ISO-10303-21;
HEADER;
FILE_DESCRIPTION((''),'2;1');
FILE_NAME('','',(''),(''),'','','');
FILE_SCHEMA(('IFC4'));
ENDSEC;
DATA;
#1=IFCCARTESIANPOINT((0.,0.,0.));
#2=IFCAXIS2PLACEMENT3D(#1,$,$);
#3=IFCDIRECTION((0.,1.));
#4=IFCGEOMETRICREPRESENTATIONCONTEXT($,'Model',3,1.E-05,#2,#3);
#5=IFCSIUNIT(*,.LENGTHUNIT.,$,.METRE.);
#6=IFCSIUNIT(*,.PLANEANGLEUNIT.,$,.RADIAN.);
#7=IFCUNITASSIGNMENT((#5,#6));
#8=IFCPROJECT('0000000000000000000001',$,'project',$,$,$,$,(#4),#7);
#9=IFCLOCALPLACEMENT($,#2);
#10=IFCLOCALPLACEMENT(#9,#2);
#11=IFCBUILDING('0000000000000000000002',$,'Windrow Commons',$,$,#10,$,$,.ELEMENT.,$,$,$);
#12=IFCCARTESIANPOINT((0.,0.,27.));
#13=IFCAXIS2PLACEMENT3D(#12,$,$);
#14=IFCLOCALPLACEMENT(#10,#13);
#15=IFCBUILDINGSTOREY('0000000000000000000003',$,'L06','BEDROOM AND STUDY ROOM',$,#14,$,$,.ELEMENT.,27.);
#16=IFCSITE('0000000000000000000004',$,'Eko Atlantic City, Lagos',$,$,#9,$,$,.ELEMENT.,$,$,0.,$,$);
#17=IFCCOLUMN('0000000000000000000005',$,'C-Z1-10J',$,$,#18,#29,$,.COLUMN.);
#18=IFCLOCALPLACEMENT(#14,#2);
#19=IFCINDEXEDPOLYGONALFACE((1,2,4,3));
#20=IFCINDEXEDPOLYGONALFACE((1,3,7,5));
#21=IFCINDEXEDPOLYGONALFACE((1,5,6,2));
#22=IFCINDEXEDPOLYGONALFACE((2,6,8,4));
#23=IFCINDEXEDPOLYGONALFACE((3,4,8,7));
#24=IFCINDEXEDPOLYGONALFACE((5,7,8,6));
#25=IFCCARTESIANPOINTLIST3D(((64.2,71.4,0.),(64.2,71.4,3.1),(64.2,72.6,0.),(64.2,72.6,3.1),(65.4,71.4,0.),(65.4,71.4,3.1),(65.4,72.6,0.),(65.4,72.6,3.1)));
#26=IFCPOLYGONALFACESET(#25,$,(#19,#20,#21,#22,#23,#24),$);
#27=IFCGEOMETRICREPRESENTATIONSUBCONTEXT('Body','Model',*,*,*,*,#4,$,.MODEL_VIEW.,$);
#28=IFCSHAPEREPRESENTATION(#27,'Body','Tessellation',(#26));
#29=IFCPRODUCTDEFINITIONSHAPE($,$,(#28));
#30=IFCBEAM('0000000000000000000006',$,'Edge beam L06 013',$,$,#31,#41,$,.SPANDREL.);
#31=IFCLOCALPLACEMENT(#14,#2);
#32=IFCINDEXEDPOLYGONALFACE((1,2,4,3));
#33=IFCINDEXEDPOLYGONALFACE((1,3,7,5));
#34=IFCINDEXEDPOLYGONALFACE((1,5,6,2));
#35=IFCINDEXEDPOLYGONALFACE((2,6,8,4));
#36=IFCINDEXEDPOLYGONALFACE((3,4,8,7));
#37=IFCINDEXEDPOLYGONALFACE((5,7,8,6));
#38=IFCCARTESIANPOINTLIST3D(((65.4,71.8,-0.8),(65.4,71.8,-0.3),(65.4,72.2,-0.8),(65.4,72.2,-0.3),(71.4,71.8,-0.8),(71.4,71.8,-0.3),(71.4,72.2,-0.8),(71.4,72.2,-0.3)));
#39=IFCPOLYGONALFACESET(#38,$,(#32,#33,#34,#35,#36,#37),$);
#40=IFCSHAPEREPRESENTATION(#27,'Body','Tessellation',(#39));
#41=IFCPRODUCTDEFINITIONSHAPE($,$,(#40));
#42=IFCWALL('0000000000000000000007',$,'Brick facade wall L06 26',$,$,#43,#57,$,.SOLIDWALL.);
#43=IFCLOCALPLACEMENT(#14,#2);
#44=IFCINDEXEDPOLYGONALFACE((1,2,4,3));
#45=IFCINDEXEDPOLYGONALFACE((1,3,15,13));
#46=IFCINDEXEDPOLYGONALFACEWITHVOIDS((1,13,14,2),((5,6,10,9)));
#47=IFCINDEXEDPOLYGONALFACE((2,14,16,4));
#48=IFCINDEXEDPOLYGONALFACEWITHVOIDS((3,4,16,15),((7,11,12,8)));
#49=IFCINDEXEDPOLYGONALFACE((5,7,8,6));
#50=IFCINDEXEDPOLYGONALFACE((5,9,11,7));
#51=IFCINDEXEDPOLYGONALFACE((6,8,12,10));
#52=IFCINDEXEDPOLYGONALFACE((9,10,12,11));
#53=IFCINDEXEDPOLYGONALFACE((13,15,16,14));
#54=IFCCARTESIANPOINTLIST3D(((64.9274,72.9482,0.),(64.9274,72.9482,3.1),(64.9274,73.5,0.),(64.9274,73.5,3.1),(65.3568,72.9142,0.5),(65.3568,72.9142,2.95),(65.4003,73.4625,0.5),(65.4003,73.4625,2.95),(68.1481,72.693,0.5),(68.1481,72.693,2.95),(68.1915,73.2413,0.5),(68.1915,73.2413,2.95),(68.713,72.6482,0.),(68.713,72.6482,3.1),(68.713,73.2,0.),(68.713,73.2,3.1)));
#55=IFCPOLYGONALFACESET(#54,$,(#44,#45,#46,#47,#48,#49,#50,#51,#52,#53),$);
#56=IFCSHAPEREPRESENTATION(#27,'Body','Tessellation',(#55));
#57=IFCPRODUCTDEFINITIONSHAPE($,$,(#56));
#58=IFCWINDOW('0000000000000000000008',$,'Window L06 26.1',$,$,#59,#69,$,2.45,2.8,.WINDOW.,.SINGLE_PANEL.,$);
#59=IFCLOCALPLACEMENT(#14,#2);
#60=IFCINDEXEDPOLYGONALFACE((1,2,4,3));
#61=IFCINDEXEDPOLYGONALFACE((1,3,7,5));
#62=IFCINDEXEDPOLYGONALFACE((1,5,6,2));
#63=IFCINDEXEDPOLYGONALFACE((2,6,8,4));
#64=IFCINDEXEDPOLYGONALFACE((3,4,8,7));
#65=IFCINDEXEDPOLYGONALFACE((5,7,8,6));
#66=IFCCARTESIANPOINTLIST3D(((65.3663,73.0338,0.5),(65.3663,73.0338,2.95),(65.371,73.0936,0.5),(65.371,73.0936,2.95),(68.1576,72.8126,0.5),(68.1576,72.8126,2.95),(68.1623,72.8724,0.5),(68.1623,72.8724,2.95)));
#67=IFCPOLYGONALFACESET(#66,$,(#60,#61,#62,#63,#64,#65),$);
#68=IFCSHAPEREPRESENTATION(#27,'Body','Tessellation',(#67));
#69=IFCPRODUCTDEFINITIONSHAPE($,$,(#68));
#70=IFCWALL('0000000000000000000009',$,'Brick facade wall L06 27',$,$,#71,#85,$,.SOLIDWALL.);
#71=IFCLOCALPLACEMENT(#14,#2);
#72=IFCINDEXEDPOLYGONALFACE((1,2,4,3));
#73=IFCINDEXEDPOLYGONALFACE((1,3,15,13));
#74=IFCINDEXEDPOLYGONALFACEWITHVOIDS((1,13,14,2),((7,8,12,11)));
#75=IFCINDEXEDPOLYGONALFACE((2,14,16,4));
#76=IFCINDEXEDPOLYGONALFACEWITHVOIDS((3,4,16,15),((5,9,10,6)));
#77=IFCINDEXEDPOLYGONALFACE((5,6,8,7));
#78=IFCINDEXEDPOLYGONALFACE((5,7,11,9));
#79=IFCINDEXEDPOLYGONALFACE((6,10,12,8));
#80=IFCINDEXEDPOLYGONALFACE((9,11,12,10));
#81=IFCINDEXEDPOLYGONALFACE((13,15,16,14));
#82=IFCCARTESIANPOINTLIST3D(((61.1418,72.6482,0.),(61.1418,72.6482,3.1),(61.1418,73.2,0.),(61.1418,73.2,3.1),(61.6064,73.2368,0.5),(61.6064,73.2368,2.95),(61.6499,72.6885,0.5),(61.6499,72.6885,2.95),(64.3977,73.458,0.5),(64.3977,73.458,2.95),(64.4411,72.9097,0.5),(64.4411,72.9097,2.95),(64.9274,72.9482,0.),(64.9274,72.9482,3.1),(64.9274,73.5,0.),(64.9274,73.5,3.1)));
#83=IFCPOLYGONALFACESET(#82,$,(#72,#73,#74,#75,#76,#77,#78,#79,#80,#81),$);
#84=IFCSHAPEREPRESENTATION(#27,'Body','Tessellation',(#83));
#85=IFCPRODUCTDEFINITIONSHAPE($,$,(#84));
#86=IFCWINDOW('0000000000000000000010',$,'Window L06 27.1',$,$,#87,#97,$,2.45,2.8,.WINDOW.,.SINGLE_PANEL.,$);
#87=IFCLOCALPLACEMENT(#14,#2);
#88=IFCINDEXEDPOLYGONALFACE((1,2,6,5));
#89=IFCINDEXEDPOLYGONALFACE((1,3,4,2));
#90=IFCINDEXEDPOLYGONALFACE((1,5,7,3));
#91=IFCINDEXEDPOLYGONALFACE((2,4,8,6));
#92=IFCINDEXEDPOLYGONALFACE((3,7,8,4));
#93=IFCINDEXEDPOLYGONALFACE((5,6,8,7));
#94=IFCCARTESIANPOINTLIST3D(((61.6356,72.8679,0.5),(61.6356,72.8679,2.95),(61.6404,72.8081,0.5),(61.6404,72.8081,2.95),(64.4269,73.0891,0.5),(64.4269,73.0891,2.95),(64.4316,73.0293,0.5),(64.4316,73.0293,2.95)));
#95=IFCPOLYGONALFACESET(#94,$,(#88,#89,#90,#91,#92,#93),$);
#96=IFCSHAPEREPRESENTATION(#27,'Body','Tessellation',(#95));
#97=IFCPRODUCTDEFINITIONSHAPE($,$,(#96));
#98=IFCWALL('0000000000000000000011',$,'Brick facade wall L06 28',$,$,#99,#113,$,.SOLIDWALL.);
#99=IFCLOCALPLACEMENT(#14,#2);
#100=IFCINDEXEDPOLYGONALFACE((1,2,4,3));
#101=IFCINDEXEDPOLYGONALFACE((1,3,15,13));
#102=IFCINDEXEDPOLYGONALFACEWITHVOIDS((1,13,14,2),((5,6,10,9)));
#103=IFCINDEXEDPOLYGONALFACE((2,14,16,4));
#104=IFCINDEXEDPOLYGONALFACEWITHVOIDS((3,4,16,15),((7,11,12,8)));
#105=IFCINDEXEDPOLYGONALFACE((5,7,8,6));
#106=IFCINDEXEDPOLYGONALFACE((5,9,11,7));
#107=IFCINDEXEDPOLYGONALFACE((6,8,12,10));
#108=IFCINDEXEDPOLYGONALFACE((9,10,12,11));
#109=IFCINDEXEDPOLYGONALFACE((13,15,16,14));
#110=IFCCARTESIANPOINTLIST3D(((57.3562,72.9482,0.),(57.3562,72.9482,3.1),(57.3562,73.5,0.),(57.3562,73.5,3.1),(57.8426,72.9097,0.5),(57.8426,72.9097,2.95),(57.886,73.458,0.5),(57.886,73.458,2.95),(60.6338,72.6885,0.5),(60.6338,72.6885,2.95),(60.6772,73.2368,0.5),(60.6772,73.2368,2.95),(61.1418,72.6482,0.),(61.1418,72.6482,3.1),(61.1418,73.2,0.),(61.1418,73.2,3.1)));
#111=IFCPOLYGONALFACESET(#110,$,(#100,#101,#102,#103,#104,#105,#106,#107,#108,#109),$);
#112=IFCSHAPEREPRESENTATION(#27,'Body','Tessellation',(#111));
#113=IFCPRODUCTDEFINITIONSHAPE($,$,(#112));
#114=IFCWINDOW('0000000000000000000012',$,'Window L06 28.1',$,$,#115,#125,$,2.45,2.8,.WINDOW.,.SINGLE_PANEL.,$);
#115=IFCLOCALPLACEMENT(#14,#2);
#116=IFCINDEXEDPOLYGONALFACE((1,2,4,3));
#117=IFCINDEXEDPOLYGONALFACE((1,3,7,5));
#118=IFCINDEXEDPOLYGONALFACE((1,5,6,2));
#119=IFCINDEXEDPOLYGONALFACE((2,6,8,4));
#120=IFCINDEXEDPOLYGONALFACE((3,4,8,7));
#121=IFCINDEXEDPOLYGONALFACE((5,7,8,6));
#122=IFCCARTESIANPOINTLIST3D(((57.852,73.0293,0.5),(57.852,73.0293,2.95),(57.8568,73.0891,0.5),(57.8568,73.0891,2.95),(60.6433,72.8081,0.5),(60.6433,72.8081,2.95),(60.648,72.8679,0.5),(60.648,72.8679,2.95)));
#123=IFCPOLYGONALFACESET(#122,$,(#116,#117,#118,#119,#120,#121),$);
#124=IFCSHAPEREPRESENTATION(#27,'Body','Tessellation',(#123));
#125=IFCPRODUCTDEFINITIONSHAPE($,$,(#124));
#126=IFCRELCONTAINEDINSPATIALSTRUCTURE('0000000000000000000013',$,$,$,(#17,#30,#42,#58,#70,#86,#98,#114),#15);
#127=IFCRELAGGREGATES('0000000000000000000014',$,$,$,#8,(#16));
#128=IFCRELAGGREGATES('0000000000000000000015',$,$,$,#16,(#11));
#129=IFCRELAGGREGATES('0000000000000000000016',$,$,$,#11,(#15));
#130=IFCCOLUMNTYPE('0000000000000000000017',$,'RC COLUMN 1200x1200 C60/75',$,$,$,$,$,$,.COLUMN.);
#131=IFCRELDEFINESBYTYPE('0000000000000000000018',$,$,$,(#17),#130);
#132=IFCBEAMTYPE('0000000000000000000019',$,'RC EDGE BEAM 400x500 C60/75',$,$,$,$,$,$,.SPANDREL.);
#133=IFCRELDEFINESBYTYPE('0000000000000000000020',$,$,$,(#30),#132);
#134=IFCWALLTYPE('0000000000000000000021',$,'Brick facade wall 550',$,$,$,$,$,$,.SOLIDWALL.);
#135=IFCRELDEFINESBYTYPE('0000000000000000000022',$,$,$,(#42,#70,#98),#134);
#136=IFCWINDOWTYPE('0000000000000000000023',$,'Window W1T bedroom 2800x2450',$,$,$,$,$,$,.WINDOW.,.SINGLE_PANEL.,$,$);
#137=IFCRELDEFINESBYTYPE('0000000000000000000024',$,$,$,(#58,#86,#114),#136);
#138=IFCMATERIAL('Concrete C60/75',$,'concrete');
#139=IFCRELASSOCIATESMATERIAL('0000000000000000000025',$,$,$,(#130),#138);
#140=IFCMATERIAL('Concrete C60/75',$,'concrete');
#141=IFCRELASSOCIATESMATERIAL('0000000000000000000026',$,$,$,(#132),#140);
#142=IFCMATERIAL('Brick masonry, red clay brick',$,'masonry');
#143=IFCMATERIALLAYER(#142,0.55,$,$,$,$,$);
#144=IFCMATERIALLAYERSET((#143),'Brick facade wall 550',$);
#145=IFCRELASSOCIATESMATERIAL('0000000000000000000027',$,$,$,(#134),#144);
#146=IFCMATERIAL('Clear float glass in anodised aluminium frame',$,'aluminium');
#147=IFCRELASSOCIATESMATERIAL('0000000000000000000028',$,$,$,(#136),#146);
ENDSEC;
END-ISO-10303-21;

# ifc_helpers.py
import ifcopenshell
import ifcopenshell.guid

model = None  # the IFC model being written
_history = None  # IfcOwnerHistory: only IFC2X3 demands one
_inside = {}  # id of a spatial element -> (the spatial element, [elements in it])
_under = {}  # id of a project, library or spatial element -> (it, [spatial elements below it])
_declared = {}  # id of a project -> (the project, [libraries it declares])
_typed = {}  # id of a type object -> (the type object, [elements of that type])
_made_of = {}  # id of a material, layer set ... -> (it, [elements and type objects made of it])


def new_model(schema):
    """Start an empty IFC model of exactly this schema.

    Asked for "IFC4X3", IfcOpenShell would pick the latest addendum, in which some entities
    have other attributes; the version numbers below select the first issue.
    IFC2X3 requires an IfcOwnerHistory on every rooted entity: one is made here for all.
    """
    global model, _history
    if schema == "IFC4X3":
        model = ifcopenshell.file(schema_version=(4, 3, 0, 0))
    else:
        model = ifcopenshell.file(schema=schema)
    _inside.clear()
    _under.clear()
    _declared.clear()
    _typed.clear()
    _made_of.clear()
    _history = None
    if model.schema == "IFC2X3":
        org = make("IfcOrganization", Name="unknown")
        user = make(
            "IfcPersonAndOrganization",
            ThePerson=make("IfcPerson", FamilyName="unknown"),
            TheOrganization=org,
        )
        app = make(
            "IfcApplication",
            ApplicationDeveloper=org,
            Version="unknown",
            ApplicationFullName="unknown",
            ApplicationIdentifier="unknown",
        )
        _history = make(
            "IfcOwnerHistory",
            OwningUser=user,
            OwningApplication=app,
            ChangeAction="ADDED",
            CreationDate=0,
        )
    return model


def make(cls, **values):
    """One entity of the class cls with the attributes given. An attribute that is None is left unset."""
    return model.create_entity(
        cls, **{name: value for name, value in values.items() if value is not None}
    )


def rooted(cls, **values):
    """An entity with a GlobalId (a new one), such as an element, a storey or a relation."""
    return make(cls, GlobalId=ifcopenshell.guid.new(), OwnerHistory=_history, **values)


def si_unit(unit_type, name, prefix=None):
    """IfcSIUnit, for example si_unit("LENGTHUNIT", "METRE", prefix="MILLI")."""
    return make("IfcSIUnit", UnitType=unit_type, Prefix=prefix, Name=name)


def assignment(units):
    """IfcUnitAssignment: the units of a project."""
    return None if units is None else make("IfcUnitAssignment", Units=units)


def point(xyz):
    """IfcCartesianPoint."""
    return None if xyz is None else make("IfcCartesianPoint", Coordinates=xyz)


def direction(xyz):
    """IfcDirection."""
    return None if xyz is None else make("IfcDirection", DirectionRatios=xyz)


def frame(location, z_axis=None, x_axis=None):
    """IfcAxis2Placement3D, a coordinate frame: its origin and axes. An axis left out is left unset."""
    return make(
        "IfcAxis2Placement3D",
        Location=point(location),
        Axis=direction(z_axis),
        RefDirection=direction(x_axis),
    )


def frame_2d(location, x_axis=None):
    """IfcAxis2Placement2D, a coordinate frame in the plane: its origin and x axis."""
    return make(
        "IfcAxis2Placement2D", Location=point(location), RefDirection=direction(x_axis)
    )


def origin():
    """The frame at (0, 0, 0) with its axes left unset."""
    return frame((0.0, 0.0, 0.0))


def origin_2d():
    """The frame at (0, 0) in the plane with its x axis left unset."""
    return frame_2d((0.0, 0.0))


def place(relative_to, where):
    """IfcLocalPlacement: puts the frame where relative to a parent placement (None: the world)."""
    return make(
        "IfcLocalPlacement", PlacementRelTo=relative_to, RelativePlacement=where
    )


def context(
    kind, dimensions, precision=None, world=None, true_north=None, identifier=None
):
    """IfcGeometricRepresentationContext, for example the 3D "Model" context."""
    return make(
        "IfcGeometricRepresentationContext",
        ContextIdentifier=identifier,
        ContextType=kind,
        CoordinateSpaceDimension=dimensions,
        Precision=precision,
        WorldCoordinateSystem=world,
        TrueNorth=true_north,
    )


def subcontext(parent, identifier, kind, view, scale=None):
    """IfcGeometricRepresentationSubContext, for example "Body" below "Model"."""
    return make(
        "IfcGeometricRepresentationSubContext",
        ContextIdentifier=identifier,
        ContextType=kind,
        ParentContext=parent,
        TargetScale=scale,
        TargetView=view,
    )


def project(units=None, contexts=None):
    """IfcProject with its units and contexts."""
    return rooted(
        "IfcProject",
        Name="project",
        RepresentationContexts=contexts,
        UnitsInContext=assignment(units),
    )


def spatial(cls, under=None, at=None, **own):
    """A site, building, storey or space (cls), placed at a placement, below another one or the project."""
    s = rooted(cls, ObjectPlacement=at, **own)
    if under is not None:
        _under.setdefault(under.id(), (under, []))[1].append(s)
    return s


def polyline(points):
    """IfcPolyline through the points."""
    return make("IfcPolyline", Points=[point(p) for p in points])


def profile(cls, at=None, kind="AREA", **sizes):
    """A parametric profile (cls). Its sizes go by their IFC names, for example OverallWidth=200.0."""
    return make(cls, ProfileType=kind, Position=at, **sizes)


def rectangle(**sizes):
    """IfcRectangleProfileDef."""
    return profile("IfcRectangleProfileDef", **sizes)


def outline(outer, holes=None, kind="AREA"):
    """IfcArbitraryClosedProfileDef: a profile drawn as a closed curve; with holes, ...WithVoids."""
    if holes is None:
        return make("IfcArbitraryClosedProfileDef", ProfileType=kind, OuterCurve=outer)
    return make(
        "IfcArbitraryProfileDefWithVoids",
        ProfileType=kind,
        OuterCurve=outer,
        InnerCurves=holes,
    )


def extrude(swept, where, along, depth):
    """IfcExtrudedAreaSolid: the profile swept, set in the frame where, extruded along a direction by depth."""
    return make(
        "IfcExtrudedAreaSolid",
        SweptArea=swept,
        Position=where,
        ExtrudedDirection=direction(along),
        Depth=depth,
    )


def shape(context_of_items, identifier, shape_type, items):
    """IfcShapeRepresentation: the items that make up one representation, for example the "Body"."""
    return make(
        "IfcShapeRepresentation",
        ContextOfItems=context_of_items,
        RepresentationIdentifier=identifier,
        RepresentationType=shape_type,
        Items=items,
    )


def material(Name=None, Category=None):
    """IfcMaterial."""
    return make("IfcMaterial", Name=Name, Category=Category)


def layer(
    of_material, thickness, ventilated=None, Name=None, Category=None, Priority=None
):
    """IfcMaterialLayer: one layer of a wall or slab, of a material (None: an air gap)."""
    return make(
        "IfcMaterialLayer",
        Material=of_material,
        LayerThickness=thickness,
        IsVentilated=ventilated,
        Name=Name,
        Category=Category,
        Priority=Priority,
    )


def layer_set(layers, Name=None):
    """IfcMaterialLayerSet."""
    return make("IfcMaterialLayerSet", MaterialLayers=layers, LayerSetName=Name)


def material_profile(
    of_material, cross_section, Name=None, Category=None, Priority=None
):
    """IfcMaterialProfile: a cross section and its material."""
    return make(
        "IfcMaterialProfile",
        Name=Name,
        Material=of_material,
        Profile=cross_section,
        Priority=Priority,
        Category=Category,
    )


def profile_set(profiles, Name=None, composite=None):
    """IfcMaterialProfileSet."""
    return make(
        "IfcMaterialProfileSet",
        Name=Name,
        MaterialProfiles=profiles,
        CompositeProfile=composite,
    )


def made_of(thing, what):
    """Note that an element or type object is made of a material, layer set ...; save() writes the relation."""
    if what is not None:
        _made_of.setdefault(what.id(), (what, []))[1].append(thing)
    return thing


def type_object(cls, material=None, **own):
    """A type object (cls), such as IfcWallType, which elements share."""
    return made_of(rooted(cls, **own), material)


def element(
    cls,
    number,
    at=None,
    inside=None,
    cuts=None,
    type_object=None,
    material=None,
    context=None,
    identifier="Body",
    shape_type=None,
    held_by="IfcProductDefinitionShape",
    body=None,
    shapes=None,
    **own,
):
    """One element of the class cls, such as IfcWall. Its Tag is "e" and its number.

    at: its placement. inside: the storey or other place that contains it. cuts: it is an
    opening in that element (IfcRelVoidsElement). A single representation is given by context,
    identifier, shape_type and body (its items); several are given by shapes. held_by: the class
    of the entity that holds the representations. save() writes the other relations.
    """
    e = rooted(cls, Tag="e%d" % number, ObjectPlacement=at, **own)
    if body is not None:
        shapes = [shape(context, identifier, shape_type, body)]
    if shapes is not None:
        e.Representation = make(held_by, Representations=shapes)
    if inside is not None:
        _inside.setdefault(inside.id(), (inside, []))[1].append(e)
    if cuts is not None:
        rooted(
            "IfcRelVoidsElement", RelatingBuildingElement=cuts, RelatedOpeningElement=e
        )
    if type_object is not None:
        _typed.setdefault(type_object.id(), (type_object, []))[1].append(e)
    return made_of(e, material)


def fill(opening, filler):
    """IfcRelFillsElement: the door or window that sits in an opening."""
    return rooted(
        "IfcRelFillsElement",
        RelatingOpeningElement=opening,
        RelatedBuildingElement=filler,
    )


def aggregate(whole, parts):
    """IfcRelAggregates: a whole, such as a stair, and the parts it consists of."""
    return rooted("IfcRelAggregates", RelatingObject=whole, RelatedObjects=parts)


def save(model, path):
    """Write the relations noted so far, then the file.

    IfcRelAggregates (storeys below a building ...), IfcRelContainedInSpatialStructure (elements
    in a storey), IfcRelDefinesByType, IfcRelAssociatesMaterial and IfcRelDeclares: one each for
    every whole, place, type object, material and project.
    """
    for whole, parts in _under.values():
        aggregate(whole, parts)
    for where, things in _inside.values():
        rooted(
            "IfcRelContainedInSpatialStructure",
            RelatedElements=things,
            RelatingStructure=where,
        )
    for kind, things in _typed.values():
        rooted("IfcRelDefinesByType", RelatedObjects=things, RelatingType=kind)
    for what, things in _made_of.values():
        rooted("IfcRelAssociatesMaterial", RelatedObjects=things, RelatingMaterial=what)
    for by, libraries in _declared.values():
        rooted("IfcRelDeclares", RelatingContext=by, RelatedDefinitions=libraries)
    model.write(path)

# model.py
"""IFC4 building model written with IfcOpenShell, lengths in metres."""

from ifc_helpers import new_model, si_unit, direction, frame, frame_2d, origin, origin_2d, place, context, subcontext, project, spatial, polyline, rectangle, outline, extrude, material, layer, layer_set, material_profile, profile_set, type_object, element, fill, save


model = new_model("IFC4")

# Units and contexts
model_context = context("Model", 3, precision=1e-05, world=origin(), true_north=direction((0.0, 1.0)))
body_context = subcontext(model_context, "Body", "Model", "MODEL_VIEW")
ifc_project = project(units=[si_unit("LENGTHUNIT", "METRE"), si_unit("PLANEANGLEUNIT", "RADIAN")], contexts=[model_context])

# Site, building, storey
site_placement = place(None, origin())
site = spatial("IfcSite", under=ifc_project, at=site_placement, Name="Eko Atlantic City, Lagos", CompositionType="ELEMENT", RefElevation=0.0)
building_placement = place(site_placement, origin())
building = spatial("IfcBuilding", under=site, at=building_placement, Name="Windrow Commons", CompositionType="ELEMENT")
storey_placement = place(building_placement, frame((0.0, 0.0, 27.0)))
storey = spatial("IfcBuildingStorey", under=building, at=storey_placement, Name="L06", Description="BEDROOM AND STUDY ROOM", CompositionType="ELEMENT", Elevation=27.0)

# Column
ifc_material_1 = material(Name="Concrete C60/75", Category="concrete")
ifc_material_profile_1 = material_profile(ifc_material_1, rectangle(XDim=1.2, YDim=1.2, at=origin_2d()))
ifc_profile_set_1 = profile_set([ifc_material_profile_1], Name="Concrete C60/75")
column_type = type_object("IfcColumnType", Name="RC COLUMN 1200x1200 C60/75", PredefinedType="COLUMN", material=ifc_profile_set_1)
column_placement = place(storey_placement, frame((64.8, 72.0, 0.0), z_axis=(0.0, 0.0, 1.0), x_axis=(1.0, 0.0, 0.0)))
element("IfcColumn", 1, at=column_placement, inside=storey, type_object=column_type, Name="C-Z1-10J", PredefinedType="COLUMN", context=body_context, shape_type="SweptSolid", body=[
    extrude(rectangle(XDim=1.2, YDim=1.2, at=origin_2d()), origin(), (0.0, 0.0, 1.0), 3.1),
])

# Beam
ifc_material_2 = material(Name="Concrete C60/75", Category="concrete")
ifc_material_profile_2 = material_profile(ifc_material_2, rectangle(XDim=0.4, YDim=0.5, at=origin_2d()))
ifc_profile_set_2 = profile_set([ifc_material_profile_2], Name="Concrete C60/75")
beam_type = type_object("IfcBeamType", Name="RC EDGE BEAM 400x500 C60/75", PredefinedType="SPANDREL", material=ifc_profile_set_2)
beam_placement = place(storey_placement, frame((65.4, 72.0, -0.55), z_axis=(1.0, 0.0, 0.0), x_axis=(0.0, 1.0, 0.0)))
element("IfcBeam", 2, at=beam_placement, inside=storey, type_object=beam_type, Name="Edge beam L06 013", PredefinedType="SPANDREL", context=body_context, shape_type="SweptSolid", body=[
    extrude(rectangle(XDim=0.4, YDim=0.5, at=origin_2d()), origin(), (0.0, 0.0, 1.0), 6.0),
])

# Walls, openings, windows
ifc_material_3 = material(Name="Brick masonry, red clay brick", Category="masonry")
ifc_layer_1 = layer(ifc_material_3, 0.55)
ifc_layer_set_1 = layer_set([ifc_layer_1], Name="Brick facade wall 550")
wall_type_1 = type_object("IfcWallType", Name="Brick facade wall 550", PredefinedType="SOLIDWALL", material=ifc_layer_set_1)
wall_1_placement = place(storey_placement, frame((68.713, 72.9241, 0.0), z_axis=(0.0, 0.0, 1.0), x_axis=(-0.996875, 0.079, 0.0)))
wall_1 = element("IfcWall", 3, at=wall_1_placement, inside=storey, type_object=wall_type_1, Name="Brick facade wall L06 26", PredefinedType="SOLIDWALL", context=body_context, shape_type="SweptSolid", body=[
    extrude(outline(polyline([(0.0218, -0.275), (3.8193, -0.275), (3.7757, 0.275), (-0.0218, 0.275), (0.0218, -0.275)])), origin(), (0.0, 0.0, 1.0), 3.1),
])
opening_1_placement = place(wall_1_placement, frame((0.5449, 0.0, 0.5)))
opening_1 = element("IfcOpeningElement", 4, at=opening_1_placement, cuts=wall_1, PredefinedType="OPENING", context=body_context, shape_type="SweptSolid", body=[
    extrude(rectangle(XDim=2.8, YDim=2.45, at=frame_2d((1.4, 1.225))), frame((0.0, 0.285, 0.0), z_axis=(0.0, -1.0, 0.0), x_axis=(1.0, 0.0, 0.0)), (0.0, 0.0, 1.0), 0.57),
])
ifc_material_4 = material(Name="Clear float glass in anodised aluminium frame", Category="aluminium")
window_type = type_object("IfcWindowType", Name="Window W1T bedroom 2800x2450", PartitioningType="SINGLE_PANEL", PredefinedType="WINDOW", material=ifc_material_4)
window_1_placement = place(opening_1_placement, origin())
window_1 = element("IfcWindow", 5, at=window_1_placement, inside=storey, type_object=window_type, Name="Window L06 26.1", OverallHeight=2.45, OverallWidth=2.8, PartitioningType="SINGLE_PANEL", PredefinedType="WINDOW", context=body_context, shape_type="SweptSolid", body=[
    extrude(rectangle(XDim=2.8, YDim=2.45, at=frame_2d((1.4, 1.225))), frame((0.0, 0.155, 0.0), z_axis=(0.0, -1.0, 0.0), x_axis=(1.0, 0.0, 0.0)), (0.0, 0.0, 1.0), 0.06),
])
fill(opening_1, window_1)
wall_2_placement = place(storey_placement, frame((64.9274, 73.2241, 0.0), z_axis=(0.0, 0.0, 1.0), x_axis=(-0.996875, -0.079, 0.0)))
wall_2 = element("IfcWall", 6, at=wall_2_placement, inside=storey, type_object=wall_type_1, Name="Brick facade wall L06 27", PredefinedType="SOLIDWALL", context=body_context, shape_type="SweptSolid", body=[
    extrude(outline(polyline([(-0.0218, -0.275), (3.7757, -0.275), (3.8193, 0.275), (0.0218, 0.275), (-0.0218, -0.275)])), origin(), (0.0, 0.0, 1.0), 3.1),
])
opening_2_placement = place(wall_2_placement, frame((0.5096, 0.0, 0.5)))
opening_2 = element("IfcOpeningElement", 7, at=opening_2_placement, cuts=wall_2, PredefinedType="OPENING", context=body_context, shape_type="SweptSolid", body=[
    extrude(rectangle(XDim=2.8, YDim=2.45, at=frame_2d((1.4, 1.225))), frame((0.0, 0.285, 0.0), z_axis=(0.0, -1.0, 0.0), x_axis=(1.0, 0.0, 0.0)), (0.0, 0.0, 1.0), 0.57),
])
window_2_placement = place(opening_2_placement, origin())
window_2 = element("IfcWindow", 8, at=window_2_placement, inside=storey, type_object=window_type, Name="Window L06 27.1", OverallHeight=2.45, OverallWidth=2.8, PartitioningType="SINGLE_PANEL", PredefinedType="WINDOW", context=body_context, shape_type="SweptSolid", body=[
    extrude(rectangle(XDim=2.8, YDim=2.45, at=frame_2d((1.4, 1.225))), frame((0.0, 0.155, 0.0), z_axis=(0.0, -1.0, 0.0), x_axis=(1.0, 0.0, 0.0)), (0.0, 0.0, 1.0), 0.06),
])
fill(opening_2, window_2)
wall_3_placement = place(storey_placement, frame((61.1418, 72.9241, 0.0), z_axis=(0.0, 0.0, 1.0), x_axis=(-0.996875, 0.079, 0.0)))
wall_3 = element("IfcWall", 9, at=wall_3_placement, inside=storey, type_object=wall_type_1, Name="Brick facade wall L06 28", PredefinedType="SOLIDWALL", context=body_context, shape_type="SweptSolid", body=[
    extrude(outline(polyline([(0.0218, -0.275), (3.8193, -0.275), (3.7757, 0.275), (-0.0218, 0.275), (0.0218, -0.275)])), origin(), (0.0, 0.0, 1.0), 3.1),
])
opening_3_placement = place(wall_3_placement, frame((0.4878, 0.0, 0.5)))
opening_3 = element("IfcOpeningElement", 10, at=opening_3_placement, cuts=wall_3, PredefinedType="OPENING", context=body_context, shape_type="SweptSolid", body=[
    extrude(rectangle(XDim=2.8, YDim=2.45, at=frame_2d((1.4, 1.225))), frame((0.0, 0.285, 0.0), z_axis=(0.0, -1.0, 0.0), x_axis=(1.0, 0.0, 0.0)), (0.0, 0.0, 1.0), 0.57),
])
window_3_placement = place(opening_3_placement, origin())
window_3 = element("IfcWindow", 11, at=window_3_placement, inside=storey, type_object=window_type, Name="Window L06 28.1", OverallHeight=2.45, OverallWidth=2.8, PartitioningType="SINGLE_PANEL", PredefinedType="WINDOW", context=body_context, shape_type="SweptSolid", body=[
    extrude(rectangle(XDim=2.8, YDim=2.45, at=frame_2d((1.4, 1.225))), frame((0.0, 0.155, 0.0), z_axis=(0.0, -1.0, 0.0), x_axis=(1.0, 0.0, 0.0)), (0.0, 0.0, 1.0), 0.06),
])
fill(opening_3, window_3)

save(model, "model.ifc")
